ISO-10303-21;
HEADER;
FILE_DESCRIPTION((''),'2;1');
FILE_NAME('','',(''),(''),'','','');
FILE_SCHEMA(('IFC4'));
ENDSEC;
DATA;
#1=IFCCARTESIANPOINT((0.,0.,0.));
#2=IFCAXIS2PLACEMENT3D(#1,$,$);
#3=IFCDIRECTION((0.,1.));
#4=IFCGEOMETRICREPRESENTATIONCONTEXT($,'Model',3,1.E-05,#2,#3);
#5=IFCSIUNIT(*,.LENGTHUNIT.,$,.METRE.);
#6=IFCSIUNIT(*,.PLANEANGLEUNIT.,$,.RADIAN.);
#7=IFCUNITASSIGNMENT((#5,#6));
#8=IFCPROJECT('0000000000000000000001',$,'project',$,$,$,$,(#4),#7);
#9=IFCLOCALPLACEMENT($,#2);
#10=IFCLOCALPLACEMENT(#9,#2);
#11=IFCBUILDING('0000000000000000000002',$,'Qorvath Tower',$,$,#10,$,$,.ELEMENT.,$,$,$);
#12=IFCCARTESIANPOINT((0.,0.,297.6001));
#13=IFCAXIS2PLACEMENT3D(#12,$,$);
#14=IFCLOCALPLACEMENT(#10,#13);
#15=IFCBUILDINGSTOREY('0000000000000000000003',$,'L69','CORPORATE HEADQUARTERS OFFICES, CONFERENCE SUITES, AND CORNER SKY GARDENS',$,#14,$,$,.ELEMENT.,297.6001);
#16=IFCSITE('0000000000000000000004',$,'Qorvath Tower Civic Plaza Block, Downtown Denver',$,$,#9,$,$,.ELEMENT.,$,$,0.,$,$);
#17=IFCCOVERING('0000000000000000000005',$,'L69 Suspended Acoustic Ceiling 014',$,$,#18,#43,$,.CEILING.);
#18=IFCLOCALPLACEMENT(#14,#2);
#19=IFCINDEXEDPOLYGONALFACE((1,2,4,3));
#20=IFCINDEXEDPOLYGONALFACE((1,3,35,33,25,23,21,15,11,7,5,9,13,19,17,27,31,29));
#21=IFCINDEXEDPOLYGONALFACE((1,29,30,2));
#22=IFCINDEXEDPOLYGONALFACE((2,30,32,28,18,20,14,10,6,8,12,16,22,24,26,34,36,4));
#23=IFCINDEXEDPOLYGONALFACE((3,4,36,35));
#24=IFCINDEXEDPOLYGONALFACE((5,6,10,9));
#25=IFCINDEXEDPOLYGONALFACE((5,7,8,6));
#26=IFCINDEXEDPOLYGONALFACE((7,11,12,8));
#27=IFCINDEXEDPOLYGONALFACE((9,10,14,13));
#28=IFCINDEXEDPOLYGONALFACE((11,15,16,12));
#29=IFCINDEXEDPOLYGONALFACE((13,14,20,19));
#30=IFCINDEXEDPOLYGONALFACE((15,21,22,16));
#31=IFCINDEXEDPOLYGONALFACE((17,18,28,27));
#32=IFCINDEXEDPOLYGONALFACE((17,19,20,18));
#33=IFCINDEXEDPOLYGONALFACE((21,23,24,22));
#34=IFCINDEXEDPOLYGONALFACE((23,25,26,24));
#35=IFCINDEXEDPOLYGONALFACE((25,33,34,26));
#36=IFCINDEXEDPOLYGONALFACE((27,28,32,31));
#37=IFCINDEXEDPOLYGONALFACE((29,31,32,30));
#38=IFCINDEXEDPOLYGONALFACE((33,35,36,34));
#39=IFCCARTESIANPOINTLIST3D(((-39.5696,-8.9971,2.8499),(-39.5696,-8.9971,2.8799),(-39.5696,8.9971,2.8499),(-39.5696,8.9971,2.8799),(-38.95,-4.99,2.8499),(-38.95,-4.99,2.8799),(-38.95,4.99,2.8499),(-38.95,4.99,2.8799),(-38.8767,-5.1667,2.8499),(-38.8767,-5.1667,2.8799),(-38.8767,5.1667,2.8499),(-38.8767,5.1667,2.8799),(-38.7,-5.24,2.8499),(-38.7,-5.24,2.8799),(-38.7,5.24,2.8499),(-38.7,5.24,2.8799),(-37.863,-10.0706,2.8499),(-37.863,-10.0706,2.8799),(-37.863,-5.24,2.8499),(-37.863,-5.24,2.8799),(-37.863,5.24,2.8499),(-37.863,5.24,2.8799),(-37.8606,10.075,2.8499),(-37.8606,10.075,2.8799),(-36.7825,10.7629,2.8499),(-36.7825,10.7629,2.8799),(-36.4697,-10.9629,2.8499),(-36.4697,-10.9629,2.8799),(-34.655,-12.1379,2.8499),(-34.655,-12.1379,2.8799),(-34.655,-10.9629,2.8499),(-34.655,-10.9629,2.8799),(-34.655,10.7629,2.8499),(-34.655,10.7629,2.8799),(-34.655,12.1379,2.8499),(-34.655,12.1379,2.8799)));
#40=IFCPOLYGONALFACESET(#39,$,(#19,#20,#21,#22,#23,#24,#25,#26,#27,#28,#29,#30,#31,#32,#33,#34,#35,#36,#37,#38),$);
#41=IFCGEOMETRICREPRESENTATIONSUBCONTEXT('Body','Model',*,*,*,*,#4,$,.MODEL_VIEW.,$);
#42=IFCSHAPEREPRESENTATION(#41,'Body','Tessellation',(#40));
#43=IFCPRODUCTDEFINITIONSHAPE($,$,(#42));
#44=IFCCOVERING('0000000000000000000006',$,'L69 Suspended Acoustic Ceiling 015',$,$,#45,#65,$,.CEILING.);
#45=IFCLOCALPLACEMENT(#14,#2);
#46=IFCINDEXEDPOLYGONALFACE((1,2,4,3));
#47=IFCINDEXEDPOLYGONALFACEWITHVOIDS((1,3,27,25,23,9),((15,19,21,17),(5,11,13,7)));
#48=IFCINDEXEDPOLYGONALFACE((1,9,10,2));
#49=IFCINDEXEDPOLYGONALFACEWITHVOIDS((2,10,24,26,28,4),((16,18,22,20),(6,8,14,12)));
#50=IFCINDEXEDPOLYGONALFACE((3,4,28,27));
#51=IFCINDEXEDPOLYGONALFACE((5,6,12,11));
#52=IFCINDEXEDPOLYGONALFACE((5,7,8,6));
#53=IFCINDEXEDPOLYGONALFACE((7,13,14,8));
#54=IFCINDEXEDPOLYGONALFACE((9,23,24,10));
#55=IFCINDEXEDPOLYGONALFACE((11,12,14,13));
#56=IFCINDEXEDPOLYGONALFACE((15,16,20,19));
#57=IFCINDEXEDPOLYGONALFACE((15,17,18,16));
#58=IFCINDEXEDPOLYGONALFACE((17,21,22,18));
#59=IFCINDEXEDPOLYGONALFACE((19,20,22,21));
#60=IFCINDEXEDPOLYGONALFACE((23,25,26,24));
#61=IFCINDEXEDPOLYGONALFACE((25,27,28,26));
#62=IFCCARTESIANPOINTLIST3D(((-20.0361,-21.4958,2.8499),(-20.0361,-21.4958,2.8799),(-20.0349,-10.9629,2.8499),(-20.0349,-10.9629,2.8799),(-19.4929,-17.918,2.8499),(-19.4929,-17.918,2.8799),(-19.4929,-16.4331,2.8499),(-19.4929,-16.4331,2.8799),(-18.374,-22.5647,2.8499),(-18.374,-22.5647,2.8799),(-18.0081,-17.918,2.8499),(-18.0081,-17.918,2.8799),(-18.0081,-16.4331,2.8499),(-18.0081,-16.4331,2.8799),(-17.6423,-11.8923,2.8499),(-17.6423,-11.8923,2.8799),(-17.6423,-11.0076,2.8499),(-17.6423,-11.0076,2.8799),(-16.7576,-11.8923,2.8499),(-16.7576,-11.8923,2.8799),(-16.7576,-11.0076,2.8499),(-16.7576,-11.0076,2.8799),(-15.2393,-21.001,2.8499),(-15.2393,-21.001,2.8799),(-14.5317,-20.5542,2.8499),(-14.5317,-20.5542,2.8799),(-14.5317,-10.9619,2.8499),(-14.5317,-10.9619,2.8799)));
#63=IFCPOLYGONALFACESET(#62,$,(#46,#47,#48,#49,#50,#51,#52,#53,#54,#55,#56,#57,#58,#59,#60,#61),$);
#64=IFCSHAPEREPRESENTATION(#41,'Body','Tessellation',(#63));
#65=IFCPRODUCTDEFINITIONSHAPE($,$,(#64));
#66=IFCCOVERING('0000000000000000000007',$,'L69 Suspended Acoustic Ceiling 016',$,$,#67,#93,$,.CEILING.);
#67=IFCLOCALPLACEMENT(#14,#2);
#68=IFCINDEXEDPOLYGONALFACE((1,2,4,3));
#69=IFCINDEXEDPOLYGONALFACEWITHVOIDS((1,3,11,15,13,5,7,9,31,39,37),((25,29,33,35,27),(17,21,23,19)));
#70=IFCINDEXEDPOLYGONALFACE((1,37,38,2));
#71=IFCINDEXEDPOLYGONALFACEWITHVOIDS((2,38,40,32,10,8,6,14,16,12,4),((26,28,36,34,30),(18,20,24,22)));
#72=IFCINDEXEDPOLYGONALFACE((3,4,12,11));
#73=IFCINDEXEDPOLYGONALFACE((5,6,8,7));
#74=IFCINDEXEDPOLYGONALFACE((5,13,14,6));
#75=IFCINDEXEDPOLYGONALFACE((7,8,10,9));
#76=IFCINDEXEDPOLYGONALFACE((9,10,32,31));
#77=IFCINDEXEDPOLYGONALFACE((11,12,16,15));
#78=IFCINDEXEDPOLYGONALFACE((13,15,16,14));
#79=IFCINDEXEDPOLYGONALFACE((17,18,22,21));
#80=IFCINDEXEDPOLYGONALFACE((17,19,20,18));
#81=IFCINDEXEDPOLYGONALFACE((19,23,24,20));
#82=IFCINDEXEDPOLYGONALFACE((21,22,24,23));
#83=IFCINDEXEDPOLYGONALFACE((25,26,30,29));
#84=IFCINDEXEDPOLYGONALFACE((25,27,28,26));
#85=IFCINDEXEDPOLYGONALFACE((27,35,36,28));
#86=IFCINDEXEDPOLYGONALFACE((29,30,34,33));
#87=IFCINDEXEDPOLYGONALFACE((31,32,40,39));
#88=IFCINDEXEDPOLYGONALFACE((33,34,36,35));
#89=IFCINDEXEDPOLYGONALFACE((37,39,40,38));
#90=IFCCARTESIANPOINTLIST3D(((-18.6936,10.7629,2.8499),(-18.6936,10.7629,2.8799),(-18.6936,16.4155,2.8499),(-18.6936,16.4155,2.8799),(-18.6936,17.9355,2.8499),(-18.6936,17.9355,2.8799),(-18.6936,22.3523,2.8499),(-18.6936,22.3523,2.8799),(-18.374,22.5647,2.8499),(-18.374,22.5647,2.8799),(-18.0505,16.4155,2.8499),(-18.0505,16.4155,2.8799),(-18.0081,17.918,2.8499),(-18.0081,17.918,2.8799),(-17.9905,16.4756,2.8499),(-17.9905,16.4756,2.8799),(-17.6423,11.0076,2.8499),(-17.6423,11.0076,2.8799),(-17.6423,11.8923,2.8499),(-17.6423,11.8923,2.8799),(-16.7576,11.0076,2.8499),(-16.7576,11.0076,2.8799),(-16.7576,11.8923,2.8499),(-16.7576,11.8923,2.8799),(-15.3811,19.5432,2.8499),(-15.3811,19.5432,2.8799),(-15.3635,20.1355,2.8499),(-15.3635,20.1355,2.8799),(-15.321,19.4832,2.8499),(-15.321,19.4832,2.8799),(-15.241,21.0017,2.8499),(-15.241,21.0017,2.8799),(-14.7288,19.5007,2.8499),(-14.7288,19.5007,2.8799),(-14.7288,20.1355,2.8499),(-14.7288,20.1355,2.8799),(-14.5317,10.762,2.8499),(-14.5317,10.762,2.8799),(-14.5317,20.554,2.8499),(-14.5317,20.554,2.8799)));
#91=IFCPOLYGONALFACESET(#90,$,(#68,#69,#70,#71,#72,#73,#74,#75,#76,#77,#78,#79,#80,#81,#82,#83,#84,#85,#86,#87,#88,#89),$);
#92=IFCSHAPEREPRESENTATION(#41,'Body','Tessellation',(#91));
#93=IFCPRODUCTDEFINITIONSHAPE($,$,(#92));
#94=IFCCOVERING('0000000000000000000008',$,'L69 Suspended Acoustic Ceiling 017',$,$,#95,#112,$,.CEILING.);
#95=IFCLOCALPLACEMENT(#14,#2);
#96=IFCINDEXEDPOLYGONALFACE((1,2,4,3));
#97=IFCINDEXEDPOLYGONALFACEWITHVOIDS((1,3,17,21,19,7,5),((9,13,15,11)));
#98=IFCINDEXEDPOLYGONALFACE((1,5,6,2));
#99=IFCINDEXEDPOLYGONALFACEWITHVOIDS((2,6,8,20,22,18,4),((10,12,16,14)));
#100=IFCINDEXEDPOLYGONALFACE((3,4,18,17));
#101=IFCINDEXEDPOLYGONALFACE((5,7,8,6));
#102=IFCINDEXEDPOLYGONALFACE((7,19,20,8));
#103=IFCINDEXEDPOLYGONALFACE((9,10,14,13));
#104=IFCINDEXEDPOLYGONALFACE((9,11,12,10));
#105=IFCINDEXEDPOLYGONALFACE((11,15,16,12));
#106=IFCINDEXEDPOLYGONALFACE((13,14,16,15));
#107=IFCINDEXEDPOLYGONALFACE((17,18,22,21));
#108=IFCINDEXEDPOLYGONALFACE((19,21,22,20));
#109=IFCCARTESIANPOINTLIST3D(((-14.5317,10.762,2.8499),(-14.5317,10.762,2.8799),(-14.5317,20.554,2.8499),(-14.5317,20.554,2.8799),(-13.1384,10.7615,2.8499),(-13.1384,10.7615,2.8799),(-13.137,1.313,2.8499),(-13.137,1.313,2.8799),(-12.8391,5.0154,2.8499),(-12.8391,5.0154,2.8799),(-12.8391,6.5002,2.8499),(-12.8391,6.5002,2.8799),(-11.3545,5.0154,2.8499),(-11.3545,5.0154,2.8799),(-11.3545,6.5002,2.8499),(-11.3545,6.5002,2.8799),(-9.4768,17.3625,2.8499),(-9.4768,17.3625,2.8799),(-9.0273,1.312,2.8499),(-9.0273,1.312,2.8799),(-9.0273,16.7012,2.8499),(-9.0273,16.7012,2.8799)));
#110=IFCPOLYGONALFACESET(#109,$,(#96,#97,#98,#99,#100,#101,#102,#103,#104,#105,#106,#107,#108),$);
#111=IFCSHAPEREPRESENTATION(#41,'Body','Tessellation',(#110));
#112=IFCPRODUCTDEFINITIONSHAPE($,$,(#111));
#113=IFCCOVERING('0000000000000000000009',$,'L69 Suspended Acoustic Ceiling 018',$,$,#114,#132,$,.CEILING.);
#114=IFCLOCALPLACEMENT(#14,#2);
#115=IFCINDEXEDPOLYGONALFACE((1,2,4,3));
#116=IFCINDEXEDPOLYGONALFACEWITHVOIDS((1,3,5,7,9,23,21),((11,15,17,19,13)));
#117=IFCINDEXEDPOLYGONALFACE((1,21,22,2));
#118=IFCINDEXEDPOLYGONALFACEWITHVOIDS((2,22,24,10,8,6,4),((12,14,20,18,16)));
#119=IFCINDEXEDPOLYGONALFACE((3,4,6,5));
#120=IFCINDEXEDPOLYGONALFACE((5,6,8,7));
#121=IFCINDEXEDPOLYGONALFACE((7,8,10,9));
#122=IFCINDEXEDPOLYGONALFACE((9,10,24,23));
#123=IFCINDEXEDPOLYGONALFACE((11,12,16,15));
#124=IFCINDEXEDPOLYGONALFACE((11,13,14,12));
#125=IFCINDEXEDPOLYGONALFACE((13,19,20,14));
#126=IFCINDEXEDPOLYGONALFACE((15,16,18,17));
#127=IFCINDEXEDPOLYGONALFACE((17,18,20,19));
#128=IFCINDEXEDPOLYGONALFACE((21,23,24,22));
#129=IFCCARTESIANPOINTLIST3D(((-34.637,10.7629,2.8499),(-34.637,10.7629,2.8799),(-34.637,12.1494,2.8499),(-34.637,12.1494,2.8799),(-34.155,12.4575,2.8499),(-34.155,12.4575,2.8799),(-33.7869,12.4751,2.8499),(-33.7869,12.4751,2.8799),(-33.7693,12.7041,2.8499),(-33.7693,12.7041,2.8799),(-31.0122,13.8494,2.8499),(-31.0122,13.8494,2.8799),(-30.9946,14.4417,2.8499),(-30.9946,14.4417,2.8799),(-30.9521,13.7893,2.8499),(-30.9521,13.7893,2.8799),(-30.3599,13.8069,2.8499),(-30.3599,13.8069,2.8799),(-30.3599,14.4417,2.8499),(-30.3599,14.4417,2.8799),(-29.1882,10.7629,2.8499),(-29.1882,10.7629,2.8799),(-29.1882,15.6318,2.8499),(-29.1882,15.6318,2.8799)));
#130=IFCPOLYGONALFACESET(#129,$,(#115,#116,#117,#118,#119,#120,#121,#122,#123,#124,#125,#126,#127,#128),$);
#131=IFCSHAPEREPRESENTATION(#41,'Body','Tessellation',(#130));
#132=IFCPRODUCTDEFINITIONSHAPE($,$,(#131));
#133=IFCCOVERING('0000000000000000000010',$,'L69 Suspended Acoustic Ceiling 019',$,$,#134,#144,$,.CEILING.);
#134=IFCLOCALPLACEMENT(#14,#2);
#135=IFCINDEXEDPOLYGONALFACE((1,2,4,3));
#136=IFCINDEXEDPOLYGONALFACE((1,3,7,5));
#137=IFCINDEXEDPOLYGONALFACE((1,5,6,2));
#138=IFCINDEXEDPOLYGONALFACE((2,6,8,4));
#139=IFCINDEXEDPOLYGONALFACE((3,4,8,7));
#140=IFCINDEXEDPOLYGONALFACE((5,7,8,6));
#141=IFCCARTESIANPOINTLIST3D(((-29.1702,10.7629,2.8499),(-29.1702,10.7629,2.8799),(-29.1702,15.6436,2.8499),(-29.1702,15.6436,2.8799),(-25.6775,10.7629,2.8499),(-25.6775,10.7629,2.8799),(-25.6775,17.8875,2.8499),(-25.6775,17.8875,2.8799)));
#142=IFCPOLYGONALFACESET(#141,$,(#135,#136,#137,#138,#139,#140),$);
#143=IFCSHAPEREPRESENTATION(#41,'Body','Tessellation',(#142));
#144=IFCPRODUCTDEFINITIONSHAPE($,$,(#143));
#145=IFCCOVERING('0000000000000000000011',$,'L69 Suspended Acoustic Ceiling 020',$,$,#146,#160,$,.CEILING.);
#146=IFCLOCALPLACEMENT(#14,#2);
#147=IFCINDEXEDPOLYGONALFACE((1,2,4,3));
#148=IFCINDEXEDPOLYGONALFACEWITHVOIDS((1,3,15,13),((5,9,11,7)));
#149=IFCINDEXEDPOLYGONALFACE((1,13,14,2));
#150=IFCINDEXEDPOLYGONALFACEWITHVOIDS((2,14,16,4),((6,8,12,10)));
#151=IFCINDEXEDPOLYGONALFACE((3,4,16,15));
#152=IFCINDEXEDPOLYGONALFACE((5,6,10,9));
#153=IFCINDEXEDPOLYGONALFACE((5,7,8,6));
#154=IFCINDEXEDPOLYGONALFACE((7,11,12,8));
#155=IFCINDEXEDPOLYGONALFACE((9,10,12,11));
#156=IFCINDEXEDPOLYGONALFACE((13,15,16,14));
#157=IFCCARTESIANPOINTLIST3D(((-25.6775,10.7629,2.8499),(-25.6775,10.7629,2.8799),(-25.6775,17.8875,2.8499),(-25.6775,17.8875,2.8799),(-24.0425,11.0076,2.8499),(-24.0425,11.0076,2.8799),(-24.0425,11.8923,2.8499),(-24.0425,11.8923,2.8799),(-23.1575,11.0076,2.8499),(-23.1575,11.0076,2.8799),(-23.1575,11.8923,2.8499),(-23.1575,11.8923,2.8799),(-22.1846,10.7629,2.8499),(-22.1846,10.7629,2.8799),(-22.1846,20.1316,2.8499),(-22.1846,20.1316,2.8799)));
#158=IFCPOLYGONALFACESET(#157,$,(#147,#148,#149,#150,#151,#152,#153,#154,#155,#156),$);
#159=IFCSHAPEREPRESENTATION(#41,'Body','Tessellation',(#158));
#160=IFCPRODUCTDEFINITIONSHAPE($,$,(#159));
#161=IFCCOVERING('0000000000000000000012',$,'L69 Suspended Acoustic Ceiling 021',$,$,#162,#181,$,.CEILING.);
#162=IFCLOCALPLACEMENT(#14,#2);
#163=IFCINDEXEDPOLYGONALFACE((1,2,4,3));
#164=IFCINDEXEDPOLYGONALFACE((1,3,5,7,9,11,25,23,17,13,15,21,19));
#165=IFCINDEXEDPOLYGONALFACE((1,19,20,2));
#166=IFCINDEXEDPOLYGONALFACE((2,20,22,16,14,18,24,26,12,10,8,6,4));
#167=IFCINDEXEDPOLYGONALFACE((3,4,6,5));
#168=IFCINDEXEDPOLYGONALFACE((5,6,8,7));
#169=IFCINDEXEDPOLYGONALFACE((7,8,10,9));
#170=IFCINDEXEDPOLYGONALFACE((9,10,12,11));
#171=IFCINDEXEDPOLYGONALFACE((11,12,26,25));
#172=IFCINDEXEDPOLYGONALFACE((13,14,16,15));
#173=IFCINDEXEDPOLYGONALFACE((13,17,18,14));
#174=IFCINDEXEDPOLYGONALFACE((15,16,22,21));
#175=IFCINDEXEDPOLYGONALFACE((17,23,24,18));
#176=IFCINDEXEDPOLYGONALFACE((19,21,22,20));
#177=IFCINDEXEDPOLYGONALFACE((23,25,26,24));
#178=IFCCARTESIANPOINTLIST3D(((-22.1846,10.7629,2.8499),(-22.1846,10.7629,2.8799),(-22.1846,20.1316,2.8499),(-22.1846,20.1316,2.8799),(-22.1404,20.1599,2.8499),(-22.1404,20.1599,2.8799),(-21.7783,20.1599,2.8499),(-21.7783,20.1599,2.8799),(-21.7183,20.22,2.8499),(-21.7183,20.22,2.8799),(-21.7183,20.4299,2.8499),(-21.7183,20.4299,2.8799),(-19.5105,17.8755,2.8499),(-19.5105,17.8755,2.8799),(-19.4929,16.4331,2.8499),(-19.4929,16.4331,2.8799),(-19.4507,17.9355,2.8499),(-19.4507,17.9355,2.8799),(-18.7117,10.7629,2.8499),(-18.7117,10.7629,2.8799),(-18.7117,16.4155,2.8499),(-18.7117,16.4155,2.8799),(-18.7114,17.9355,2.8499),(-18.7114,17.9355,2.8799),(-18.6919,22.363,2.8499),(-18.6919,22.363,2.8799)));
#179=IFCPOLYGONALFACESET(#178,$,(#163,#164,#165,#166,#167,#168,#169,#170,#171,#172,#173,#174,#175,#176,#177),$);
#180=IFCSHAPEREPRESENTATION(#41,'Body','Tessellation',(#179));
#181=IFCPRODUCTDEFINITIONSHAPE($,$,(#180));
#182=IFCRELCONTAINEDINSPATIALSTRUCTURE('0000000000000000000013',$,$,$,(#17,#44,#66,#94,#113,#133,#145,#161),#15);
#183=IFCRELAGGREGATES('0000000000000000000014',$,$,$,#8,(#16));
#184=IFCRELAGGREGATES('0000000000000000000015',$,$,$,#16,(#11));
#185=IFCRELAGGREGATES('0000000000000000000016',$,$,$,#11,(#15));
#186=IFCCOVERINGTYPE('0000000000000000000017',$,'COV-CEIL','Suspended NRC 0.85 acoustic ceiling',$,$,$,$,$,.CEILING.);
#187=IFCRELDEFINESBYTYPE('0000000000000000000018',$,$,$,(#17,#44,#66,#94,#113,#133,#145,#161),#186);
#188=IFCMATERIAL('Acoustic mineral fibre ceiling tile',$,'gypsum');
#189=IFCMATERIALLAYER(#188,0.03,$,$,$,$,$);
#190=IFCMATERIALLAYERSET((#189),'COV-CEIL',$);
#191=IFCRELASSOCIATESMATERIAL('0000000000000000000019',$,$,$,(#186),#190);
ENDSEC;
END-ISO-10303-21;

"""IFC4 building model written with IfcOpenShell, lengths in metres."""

from ifc_helpers import new_model, si_unit, direction, frame, origin, place, context, subcontext, project, spatial, polyline, outline, extrude, material, layer, layer_set, type_object, element, save


model = new_model("IFC4")

# Units and contexts
model_context = context("Model", 3, precision=1e-05, world=origin(), true_north=direction((0.0, 1.0)))
body_context = subcontext(model_context, "Body", "Model", "MODEL_VIEW")
ifc_project = project(units=[si_unit("LENGTHUNIT", "METRE"), si_unit("PLANEANGLEUNIT", "RADIAN")], contexts=[model_context])

# Site, building, storey
site_placement = place(None, origin())
site = spatial("IfcSite", under=ifc_project, at=site_placement, Name="Qorvath Tower Civic Plaza Block, Downtown Denver", CompositionType="ELEMENT", RefElevation=0.0)
building_placement = place(site_placement, origin())
building = spatial("IfcBuilding", under=site, at=building_placement, Name="Qorvath Tower", CompositionType="ELEMENT")
storey_placement = place(building_placement, frame((0.0, 0.0, 297.6001)))
storey = spatial("IfcBuildingStorey", under=building, at=storey_placement, Name="L69", Description="CORPORATE HEADQUARTERS OFFICES, CONFERENCE SUITES, AND CORNER SKY GARDENS", CompositionType="ELEMENT", Elevation=297.6001)

# Coverings
ifc_material_1 = material(Name="Acoustic mineral fibre ceiling tile", Category="gypsum")
ifc_layer_1 = layer(ifc_material_1, 0.03)
ifc_layer_set_1 = layer_set([ifc_layer_1], Name="COV-CEIL")
covering_type_1 = type_object("IfcCoveringType", Name="COV-CEIL", Description="Suspended NRC 0.85 acoustic ceiling", PredefinedType="CEILING", material=ifc_layer_set_1)
covering_1_placement = place(storey_placement, frame((0.0, 0.0, 2.8499)))
element("IfcCovering", 1, at=covering_1_placement, inside=storey, type_object=covering_type_1, Name="L69 Suspended Acoustic Ceiling 014", PredefinedType="CEILING", context=body_context, shape_type="SweptSolid", body=[
    extrude(outline(polyline([(-34.655, 10.7629), (-34.655, 12.1379), (-39.5696, 8.9971), (-39.5696, -8.9971), (-34.655, -12.1379), (-34.655, -10.9629), (-36.4697, -10.9629), (-37.863, -10.0706), (-37.863, -5.24), (-38.7, -5.24), (-38.8767, -5.1667), (-38.95, -4.99), (-38.95, 4.99), (-38.8767, 5.1667), (-38.7, 5.24), (-37.863, 5.24), (-37.8606, 10.075), (-36.7825, 10.7629), (-34.655, 10.7629)])), origin(), (0.0, 0.0, 1.0), 0.03),
])
covering_2_placement = place(storey_placement, frame((0.0, 0.0, 2.8499)))
element("IfcCovering", 2, at=covering_2_placement, inside=storey, type_object=covering_type_1, Name="L69 Suspended Acoustic Ceiling 015", PredefinedType="CEILING", context=body_context, shape_type="SweptSolid", body=[
    extrude(outline(polyline([(-20.0349, -10.9629), (-20.0361, -21.4958), (-18.374, -22.5647), (-15.2393, -21.001), (-14.5317, -20.5542), (-14.5317, -10.9619), (-20.0349, -10.9629)]), holes=[polyline([(-17.6423, -11.8923), (-17.6423, -11.0076), (-16.7576, -11.0076), (-16.7576, -11.8923), (-17.6423, -11.8923)]), polyline([(-19.4929, -17.918), (-19.4929, -16.4331), (-18.0081, -16.4331), (-18.0081, -17.918), (-19.4929, -17.918)])]), origin(), (0.0, 0.0, 1.0), 0.03),
])
covering_3_placement = place(storey_placement, frame((0.0, 0.0, 2.8499)))
element("IfcCovering", 3, at=covering_3_placement, inside=storey, type_object=covering_type_1, Name="L69 Suspended Acoustic Ceiling 016", PredefinedType="CEILING", context=body_context, shape_type="SweptSolid", body=[
    extrude(outline(polyline([(-14.5317, 10.762), (-14.5317, 20.554), (-15.241, 21.0017), (-18.374, 22.5647), (-18.6936, 22.3523), (-18.6936, 17.9355), (-18.0081, 17.918), (-17.9905, 16.4756), (-18.0505, 16.4155), (-18.6936, 16.4155), (-18.6936, 10.7629), (-14.5317, 10.762)]), holes=[polyline([(-15.3811, 19.5432), (-15.3635, 20.1355), (-14.7288, 20.1355), (-14.7288, 19.5007), (-15.321, 19.4832), (-15.3811, 19.5432)]), polyline([(-17.6423, 11.0076), (-17.6423, 11.8923), (-16.7576, 11.8923), (-16.7576, 11.0076), (-17.6423, 11.0076)])]), origin(), (0.0, 0.0, 1.0), 0.03),
])
covering_4_placement = place(storey_placement, frame((0.0, 0.0, 2.8499)))
element("IfcCovering", 4, at=covering_4_placement, inside=storey, type_object=covering_type_1, Name="L69 Suspended Acoustic Ceiling 017", PredefinedType="CEILING", context=body_context, shape_type="SweptSolid", body=[
    extrude(outline(polyline([(-9.0273, 1.312), (-9.0273, 16.7012), (-9.4768, 17.3625), (-14.5317, 20.554), (-14.5317, 10.762), (-13.1384, 10.7615), (-13.137, 1.313), (-9.0273, 1.312)]), holes=[polyline([(-12.8391, 5.0154), (-12.8391, 6.5002), (-11.3545, 6.5002), (-11.3545, 5.0154), (-12.8391, 5.0154)])]), origin(), (0.0, 0.0, 1.0), 0.03),
])
covering_5_placement = place(storey_placement, frame((0.0, 0.0, 2.8499)))
element("IfcCovering", 5, at=covering_5_placement, inside=storey, type_object=covering_type_1, Name="L69 Suspended Acoustic Ceiling 018", PredefinedType="CEILING", context=body_context, shape_type="SweptSolid", body=[
    extrude(outline(polyline([(-29.1882, 15.6318), (-33.7693, 12.7041), (-33.7869, 12.4751), (-34.155, 12.4575), (-34.637, 12.1494), (-34.637, 10.7629), (-29.1882, 10.7629), (-29.1882, 15.6318)]), holes=[polyline([(-30.9946, 14.4417), (-30.3599, 14.4417), (-30.3599, 13.8069), (-30.9521, 13.7893), (-31.0122, 13.8494), (-30.9946, 14.4417)])]), origin(), (0.0, 0.0, 1.0), 0.03),
])
covering_6_placement = place(storey_placement, frame((0.0, 0.0, 2.8499)))
element("IfcCovering", 6, at=covering_6_placement, inside=storey, type_object=covering_type_1, Name="L69 Suspended Acoustic Ceiling 019", PredefinedType="CEILING", context=body_context, shape_type="SweptSolid", body=[
    extrude(outline(polyline([(-25.6775, 10.7629), (-25.6775, 17.8875), (-29.1702, 15.6436), (-29.1702, 10.7629), (-25.6775, 10.7629)])), origin(), (0.0, 0.0, 1.0), 0.03),
])
covering_7_placement = place(storey_placement, frame((0.0, 0.0, 2.8499)))
element("IfcCovering", 7, at=covering_7_placement, inside=storey, type_object=covering_type_1, Name="L69 Suspended Acoustic Ceiling 020", PredefinedType="CEILING", context=body_context, shape_type="SweptSolid", body=[
    extrude(outline(polyline([(-22.1846, 10.7629), (-22.1846, 20.1316), (-25.6775, 17.8875), (-25.6775, 10.7629), (-22.1846, 10.7629)]), holes=[polyline([(-24.0425, 11.0076), (-24.0425, 11.8923), (-23.1575, 11.8923), (-23.1575, 11.0076), (-24.0425, 11.0076)])]), origin(), (0.0, 0.0, 1.0), 0.03),
])
covering_8_placement = place(storey_placement, frame((0.0, 0.0, 2.8499)))
element("IfcCovering", 8, at=covering_8_placement, inside=storey, type_object=covering_type_1, Name="L69 Suspended Acoustic Ceiling 021", PredefinedType="CEILING", context=body_context, shape_type="SweptSolid", body=[
    extrude(outline(polyline([(-21.7783, 20.1599), (-22.1404, 20.1599), (-22.1846, 20.1316), (-22.1846, 10.7629), (-18.7117, 10.7629), (-18.7117, 16.4155), (-19.4929, 16.4331), (-19.5105, 17.8755), (-19.4507, 17.9355), (-18.7114, 17.9355), (-18.6919, 22.363), (-21.7183, 20.4299), (-21.7183, 20.22), (-21.7783, 20.1599)])), origin(), (0.0, 0.0, 1.0), 0.03),
])

save(model, "model.ifc")
